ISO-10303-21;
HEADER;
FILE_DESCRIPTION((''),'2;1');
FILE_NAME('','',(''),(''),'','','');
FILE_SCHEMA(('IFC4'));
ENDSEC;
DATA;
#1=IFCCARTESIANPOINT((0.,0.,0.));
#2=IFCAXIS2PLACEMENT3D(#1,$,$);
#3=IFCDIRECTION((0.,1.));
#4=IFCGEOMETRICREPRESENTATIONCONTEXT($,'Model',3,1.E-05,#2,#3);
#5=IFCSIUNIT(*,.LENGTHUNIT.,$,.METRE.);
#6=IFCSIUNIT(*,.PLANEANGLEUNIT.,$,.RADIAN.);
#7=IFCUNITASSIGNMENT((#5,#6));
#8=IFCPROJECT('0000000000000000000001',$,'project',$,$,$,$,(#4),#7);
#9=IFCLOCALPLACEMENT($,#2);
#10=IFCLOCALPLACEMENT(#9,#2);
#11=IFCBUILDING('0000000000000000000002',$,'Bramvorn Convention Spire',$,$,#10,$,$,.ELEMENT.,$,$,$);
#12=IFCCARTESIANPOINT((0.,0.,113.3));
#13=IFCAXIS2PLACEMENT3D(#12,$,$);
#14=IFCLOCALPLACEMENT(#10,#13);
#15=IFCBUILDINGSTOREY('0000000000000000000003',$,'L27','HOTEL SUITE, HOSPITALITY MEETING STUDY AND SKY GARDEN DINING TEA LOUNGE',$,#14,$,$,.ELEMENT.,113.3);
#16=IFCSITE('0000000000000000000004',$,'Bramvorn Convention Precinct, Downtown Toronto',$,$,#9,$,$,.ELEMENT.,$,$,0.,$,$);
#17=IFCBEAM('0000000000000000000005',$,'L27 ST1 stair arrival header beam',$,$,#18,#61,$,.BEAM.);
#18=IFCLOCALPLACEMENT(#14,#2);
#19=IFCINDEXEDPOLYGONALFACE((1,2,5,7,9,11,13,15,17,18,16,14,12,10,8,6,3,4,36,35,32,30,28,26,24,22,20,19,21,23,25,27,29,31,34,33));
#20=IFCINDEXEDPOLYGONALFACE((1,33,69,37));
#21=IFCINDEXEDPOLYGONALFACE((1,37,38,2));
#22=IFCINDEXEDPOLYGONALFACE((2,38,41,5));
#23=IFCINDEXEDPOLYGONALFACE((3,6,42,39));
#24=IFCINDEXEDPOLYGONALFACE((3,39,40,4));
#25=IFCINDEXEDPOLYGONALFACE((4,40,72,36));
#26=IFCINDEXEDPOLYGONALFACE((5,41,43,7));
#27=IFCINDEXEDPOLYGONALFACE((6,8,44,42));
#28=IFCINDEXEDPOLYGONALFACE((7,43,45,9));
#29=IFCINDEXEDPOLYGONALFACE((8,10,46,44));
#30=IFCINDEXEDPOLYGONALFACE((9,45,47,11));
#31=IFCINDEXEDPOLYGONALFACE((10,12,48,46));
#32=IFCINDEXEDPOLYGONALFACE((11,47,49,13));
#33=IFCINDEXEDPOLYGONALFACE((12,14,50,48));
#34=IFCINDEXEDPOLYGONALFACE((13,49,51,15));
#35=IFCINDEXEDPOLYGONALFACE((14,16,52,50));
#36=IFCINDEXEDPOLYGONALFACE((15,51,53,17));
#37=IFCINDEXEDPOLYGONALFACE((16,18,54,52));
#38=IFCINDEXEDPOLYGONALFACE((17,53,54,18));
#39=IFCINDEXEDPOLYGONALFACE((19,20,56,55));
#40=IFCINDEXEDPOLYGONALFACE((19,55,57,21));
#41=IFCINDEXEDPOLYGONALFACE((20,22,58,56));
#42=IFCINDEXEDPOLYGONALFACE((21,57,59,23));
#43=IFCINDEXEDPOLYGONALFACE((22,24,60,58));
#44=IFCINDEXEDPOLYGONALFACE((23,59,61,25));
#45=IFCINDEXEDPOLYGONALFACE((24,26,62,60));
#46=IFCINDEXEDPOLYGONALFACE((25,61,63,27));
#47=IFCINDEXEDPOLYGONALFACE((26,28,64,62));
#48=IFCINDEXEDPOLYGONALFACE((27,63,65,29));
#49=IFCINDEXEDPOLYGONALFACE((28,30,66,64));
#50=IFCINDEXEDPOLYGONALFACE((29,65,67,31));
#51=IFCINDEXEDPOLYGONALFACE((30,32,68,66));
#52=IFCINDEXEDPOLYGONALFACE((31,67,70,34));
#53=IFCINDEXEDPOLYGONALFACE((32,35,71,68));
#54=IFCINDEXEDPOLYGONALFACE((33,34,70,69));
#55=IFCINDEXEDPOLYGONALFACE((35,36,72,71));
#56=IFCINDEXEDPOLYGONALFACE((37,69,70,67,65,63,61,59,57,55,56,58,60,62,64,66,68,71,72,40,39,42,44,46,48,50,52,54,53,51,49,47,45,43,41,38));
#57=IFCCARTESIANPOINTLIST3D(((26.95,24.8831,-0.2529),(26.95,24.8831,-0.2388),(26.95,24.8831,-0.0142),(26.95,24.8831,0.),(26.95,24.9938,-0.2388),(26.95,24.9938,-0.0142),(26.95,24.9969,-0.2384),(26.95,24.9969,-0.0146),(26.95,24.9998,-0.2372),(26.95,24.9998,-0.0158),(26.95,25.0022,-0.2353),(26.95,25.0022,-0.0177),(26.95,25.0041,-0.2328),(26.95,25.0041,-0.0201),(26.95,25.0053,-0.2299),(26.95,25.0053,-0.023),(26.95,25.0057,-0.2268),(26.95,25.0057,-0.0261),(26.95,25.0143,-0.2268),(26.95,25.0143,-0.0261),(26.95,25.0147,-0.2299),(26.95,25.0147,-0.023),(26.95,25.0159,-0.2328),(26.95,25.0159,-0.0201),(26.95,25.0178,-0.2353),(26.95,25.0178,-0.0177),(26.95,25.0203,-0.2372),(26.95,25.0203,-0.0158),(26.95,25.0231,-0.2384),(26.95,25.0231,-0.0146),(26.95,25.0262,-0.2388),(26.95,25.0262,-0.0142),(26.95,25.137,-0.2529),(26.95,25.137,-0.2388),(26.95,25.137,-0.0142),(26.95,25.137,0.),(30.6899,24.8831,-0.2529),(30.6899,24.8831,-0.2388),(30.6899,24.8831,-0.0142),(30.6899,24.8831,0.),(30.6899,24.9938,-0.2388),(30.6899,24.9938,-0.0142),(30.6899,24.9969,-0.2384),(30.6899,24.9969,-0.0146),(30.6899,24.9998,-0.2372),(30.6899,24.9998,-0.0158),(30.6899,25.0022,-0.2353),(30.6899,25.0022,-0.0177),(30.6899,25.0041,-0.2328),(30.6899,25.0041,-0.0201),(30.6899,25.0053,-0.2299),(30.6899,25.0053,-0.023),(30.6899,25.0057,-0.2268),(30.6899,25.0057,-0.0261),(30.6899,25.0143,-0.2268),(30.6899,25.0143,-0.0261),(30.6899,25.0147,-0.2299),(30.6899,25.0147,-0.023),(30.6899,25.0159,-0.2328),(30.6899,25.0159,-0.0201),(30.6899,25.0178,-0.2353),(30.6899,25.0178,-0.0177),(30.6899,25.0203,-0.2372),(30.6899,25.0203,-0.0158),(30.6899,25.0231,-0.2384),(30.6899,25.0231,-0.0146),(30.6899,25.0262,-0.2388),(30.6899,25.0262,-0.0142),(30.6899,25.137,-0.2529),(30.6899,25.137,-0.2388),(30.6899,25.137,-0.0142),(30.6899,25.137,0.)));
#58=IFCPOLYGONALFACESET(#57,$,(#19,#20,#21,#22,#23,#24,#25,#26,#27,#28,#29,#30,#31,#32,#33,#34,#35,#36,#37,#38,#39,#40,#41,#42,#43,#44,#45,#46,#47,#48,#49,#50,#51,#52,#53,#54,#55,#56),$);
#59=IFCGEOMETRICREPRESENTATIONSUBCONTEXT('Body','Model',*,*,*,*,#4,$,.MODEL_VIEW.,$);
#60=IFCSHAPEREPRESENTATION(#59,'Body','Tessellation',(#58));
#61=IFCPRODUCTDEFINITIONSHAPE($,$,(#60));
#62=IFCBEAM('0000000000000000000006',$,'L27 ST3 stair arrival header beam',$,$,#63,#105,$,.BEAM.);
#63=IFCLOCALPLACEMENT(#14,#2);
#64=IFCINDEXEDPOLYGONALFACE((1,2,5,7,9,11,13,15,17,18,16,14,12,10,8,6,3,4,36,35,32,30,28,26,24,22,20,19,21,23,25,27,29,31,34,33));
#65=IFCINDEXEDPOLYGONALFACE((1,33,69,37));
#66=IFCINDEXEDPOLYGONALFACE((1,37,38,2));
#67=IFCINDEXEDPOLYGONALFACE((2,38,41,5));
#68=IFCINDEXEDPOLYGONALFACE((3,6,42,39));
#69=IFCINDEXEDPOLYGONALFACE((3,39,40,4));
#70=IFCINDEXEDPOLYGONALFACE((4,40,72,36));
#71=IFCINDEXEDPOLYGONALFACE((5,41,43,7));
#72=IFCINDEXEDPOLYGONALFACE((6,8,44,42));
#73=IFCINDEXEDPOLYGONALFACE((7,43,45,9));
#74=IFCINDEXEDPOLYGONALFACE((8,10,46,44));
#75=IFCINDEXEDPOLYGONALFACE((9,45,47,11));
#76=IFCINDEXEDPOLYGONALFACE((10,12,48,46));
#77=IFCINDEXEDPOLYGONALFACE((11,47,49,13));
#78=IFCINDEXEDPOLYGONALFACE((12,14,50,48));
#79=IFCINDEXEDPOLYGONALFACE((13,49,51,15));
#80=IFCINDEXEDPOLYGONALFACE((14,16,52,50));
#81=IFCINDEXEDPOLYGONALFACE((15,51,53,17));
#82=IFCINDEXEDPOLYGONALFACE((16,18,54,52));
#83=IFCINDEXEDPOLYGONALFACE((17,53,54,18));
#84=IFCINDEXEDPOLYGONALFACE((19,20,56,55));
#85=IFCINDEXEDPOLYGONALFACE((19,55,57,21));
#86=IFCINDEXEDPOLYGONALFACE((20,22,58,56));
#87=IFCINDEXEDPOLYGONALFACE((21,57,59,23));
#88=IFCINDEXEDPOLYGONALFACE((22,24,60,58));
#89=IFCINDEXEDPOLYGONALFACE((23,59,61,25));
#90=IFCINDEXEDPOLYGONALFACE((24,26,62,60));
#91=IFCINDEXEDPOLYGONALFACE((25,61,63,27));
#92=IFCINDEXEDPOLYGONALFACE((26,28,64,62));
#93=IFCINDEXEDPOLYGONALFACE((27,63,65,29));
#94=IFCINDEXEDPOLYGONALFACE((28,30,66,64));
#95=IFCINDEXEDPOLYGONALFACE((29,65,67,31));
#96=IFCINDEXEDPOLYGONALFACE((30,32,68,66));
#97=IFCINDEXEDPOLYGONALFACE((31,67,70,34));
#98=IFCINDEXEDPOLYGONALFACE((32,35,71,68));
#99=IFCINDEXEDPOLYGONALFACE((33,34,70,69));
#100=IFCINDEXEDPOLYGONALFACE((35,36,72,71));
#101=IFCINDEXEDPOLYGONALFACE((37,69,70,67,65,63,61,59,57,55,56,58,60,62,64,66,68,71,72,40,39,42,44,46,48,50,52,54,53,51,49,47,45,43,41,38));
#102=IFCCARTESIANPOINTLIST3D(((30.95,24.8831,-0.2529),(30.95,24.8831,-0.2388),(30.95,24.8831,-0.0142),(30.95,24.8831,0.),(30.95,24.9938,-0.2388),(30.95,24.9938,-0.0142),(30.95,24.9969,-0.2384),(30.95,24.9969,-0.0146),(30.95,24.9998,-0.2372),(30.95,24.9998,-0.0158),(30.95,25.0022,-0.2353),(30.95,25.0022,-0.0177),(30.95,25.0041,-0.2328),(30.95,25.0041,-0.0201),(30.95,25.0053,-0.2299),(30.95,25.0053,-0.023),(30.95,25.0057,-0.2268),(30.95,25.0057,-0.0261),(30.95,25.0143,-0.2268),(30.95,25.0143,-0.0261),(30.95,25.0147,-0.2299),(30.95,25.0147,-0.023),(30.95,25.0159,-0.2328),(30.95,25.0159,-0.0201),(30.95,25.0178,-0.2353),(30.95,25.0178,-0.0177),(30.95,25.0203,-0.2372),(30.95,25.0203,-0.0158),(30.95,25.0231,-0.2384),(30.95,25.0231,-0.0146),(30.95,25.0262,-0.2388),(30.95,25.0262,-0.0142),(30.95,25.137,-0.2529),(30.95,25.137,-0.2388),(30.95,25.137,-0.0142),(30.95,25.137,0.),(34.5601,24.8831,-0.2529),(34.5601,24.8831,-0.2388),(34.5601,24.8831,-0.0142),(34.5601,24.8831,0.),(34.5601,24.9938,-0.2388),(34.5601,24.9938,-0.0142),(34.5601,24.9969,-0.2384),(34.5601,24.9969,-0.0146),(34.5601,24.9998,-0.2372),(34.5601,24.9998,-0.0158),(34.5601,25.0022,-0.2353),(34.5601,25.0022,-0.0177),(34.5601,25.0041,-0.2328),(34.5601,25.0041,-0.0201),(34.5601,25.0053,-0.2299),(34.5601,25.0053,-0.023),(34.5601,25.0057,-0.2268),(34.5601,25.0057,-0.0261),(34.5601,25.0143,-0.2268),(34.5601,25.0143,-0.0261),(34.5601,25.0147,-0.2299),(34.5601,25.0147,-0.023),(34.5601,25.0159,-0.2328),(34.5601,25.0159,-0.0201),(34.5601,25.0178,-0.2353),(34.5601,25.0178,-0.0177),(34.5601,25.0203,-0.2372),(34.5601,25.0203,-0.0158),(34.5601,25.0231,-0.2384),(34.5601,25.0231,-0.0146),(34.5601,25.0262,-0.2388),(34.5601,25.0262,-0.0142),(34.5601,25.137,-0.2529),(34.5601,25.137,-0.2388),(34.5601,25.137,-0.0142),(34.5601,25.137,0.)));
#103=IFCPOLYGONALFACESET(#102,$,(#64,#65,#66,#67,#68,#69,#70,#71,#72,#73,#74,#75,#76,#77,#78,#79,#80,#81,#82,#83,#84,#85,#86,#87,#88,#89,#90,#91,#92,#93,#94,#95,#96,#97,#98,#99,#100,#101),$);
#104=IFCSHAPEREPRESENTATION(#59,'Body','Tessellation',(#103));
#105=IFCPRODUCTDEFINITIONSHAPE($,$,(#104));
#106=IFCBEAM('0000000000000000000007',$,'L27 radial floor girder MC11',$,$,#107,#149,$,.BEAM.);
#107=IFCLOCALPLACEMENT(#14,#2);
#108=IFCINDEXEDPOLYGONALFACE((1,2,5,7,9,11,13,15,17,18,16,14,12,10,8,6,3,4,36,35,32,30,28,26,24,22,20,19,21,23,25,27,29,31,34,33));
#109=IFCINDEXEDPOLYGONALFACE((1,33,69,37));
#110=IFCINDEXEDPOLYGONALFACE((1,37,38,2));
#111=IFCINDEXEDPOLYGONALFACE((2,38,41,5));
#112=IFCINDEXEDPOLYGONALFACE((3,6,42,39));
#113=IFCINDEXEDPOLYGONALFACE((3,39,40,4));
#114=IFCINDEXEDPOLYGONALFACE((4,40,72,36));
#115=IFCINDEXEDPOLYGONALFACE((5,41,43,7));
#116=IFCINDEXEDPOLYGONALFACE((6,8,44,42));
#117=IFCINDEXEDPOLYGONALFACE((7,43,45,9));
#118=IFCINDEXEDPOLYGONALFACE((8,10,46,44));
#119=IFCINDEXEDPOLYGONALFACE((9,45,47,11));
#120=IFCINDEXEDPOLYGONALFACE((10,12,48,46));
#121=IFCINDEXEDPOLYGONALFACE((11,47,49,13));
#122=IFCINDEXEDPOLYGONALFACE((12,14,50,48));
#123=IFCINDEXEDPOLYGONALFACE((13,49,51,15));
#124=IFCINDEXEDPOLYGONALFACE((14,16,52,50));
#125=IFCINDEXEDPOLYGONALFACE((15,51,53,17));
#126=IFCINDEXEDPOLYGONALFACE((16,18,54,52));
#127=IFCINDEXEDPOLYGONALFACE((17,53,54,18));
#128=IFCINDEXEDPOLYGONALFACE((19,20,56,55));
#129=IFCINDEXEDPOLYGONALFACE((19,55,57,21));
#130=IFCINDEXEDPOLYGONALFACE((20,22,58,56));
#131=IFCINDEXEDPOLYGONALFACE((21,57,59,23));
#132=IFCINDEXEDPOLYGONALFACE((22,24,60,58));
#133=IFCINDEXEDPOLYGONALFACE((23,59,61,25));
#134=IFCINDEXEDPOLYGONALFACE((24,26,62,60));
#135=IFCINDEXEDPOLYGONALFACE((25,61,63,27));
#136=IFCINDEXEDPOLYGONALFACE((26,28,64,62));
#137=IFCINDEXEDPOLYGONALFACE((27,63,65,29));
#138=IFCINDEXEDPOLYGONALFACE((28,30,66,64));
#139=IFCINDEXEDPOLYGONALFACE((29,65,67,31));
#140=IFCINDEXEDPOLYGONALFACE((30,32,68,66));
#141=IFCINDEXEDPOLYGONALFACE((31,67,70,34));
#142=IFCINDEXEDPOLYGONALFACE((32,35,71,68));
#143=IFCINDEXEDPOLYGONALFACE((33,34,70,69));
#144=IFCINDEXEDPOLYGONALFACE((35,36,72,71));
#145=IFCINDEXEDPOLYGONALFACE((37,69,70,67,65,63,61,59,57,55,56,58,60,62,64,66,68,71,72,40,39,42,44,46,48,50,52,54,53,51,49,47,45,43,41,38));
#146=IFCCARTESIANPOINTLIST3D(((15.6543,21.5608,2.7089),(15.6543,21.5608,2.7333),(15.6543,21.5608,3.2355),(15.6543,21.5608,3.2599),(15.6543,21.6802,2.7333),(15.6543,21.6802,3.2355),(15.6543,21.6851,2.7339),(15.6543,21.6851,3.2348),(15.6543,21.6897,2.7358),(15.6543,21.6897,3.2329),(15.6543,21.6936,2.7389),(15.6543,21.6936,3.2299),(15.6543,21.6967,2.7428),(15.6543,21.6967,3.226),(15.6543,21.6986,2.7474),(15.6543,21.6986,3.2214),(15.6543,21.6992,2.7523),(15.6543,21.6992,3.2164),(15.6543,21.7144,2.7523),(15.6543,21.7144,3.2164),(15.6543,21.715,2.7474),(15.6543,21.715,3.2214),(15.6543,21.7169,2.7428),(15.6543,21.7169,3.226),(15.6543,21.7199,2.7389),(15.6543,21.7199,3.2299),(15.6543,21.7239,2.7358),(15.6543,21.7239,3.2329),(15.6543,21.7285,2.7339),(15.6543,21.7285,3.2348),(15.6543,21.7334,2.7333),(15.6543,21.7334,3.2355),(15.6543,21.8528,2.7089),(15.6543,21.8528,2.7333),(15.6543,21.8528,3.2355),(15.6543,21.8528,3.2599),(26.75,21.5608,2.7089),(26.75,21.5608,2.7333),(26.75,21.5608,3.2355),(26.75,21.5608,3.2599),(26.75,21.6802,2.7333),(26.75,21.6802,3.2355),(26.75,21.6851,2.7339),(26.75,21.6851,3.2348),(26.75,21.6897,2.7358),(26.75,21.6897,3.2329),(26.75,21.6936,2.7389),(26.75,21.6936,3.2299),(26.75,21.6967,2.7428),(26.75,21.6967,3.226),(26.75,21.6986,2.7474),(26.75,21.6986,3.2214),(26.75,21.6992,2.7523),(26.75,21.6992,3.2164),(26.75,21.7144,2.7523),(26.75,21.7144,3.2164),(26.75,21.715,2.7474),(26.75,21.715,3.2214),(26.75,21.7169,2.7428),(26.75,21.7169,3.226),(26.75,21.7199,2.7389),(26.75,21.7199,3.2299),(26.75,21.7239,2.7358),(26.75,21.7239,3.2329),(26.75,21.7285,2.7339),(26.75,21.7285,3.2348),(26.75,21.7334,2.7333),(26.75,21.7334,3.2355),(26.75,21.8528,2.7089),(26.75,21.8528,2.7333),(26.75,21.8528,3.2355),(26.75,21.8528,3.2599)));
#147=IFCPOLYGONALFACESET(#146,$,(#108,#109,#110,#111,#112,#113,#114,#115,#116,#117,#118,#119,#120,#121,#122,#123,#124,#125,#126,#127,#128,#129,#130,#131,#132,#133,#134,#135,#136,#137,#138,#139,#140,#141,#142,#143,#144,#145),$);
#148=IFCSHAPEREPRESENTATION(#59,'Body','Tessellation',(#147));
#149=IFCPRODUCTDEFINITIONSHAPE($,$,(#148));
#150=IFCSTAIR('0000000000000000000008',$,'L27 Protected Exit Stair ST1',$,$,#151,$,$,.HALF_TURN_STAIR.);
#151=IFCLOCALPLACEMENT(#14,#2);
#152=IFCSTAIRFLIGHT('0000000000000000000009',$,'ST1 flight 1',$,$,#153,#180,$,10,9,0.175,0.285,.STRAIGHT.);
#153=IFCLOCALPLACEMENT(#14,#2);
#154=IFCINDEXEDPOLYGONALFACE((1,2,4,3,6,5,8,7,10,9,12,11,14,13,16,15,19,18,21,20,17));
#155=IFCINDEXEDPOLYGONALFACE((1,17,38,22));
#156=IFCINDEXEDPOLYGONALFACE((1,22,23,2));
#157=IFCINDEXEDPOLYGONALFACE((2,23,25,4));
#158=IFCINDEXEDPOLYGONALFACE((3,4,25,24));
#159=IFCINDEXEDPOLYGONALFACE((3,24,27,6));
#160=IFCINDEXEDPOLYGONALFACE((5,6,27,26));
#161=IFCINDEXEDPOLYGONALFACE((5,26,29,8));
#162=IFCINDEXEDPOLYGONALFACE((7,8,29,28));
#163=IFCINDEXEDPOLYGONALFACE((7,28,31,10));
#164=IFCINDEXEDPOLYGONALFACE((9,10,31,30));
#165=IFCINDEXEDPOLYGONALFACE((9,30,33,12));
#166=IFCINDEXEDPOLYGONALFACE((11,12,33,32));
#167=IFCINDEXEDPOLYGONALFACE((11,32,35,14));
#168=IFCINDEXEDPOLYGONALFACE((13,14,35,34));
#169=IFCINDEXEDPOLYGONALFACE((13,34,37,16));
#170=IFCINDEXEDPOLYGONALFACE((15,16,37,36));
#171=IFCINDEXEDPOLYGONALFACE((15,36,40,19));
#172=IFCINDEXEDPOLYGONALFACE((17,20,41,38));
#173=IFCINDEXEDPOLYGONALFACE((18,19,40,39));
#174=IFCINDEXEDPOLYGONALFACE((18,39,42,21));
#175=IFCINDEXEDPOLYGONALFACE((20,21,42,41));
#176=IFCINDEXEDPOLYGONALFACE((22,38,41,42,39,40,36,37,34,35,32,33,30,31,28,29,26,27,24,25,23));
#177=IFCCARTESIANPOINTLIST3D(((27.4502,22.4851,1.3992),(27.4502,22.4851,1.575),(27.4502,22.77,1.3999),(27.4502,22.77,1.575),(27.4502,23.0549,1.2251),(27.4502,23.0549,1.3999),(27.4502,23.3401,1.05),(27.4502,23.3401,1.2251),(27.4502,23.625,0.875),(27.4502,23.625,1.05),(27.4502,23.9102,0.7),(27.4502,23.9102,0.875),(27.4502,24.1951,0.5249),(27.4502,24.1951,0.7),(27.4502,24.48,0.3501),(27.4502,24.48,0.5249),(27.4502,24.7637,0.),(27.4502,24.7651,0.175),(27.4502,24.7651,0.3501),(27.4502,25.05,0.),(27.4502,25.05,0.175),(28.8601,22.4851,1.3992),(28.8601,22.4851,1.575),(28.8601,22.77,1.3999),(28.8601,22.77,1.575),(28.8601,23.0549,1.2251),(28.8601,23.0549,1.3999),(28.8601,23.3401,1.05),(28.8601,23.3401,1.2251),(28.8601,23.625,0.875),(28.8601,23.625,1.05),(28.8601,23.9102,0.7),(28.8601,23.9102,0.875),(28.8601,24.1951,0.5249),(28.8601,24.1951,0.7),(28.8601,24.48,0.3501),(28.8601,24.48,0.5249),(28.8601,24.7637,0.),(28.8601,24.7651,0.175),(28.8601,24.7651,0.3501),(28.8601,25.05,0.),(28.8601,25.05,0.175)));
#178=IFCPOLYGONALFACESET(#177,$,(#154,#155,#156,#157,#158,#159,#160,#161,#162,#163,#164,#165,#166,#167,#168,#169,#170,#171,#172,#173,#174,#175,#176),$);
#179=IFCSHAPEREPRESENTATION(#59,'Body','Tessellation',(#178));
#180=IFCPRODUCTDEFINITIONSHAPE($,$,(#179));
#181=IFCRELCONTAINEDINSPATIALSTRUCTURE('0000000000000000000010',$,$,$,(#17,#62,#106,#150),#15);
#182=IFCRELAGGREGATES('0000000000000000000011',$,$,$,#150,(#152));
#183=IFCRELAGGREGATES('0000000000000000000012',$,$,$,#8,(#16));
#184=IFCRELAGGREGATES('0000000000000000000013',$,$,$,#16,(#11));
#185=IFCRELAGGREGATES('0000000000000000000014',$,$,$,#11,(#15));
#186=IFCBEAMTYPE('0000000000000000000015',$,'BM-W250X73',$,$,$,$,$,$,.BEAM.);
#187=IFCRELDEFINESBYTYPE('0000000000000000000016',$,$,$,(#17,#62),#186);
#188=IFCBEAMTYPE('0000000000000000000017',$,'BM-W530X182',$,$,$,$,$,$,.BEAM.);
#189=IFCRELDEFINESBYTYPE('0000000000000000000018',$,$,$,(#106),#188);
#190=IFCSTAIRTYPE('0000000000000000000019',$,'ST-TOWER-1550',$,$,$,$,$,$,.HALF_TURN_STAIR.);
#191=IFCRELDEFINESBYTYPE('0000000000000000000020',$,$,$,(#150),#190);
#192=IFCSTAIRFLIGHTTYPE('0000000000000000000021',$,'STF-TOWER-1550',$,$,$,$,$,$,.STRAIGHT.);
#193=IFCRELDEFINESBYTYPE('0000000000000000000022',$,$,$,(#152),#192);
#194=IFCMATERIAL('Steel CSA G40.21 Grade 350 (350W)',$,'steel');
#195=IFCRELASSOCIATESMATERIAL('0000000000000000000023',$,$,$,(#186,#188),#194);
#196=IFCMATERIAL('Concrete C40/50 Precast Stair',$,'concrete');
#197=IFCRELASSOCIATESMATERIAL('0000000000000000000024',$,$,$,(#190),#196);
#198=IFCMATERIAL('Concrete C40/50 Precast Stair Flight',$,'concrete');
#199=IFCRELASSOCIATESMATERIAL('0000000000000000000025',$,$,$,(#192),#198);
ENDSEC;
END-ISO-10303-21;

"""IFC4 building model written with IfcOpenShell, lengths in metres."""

from ifc_helpers import new_model, si_unit, direction, frame, origin, origin_2d, place, context, subcontext, project, spatial, polyline, i_section, outline, extrude, material, material_profile, profile_set, type_object, element, aggregate, save


model = new_model("IFC4")

# Units and contexts
model_context = context("Model", 3, precision=1e-05, world=origin(), true_north=direction((0.0, 1.0)))
body_context = subcontext(model_context, "Body", "Model", "MODEL_VIEW")
ifc_project = project(units=[si_unit("LENGTHUNIT", "METRE"), si_unit("PLANEANGLEUNIT", "RADIAN")], contexts=[model_context])

# Site, building, storey
site_placement = place(None, origin())
site = spatial("IfcSite", under=ifc_project, at=site_placement, Name="Bramvorn Convention Precinct, Downtown Toronto", CompositionType="ELEMENT", RefElevation=0.0)
building_placement = place(site_placement, origin())
building = spatial("IfcBuilding", under=site, at=building_placement, Name="Bramvorn Convention Spire", CompositionType="ELEMENT")
storey_placement = place(building_placement, frame((0.0, 0.0, 113.3)))
storey = spatial("IfcBuildingStorey", under=building, at=storey_placement, Name="L27", Description="HOTEL SUITE, HOSPITALITY MEETING STUDY AND SKY GARDEN DINING TEA LOUNGE", CompositionType="ELEMENT", Elevation=113.3)

# Beams
ifc_material_1 = material(Name="Steel CSA G40.21 Grade 350 (350W)", Category="steel")
ifc_material_profile_1 = material_profile(ifc_material_1, i_section(OverallWidth=0.2539, OverallDepth=0.2529, WebThickness=0.0085, FlangeThickness=0.0142, FilletRadius=0.012, at=origin_2d()))
ifc_profile_set_1 = profile_set([ifc_material_profile_1], Name="Steel CSA G40.21 Grade 350 (350W) - W250X73")
beam_type_1 = type_object("IfcBeamType", Name="BM-W250X73", PredefinedType="BEAM", material=ifc_profile_set_1)
beam_1_placement = place(storey_placement, frame((26.95, 25.01, -0.1265), z_axis=(1.0, 0.0, 0.0), x_axis=(0.0, 1.0, 0.0)))
element("IfcBeam", 1, at=beam_1_placement, inside=storey, type_object=beam_type_1, Name="L27 ST1 stair arrival header beam", PredefinedType="BEAM", context=body_context, shape_type="SweptSolid", body=[
    extrude(i_section(OverallWidth=0.2539, OverallDepth=0.2529, WebThickness=0.0085, FlangeThickness=0.0142, FilletRadius=0.012, at=origin_2d()), origin(), (0.0, 0.0, 1.0), 3.74),
])
beam_2_placement = place(storey_placement, frame((30.95, 25.01, -0.1265), z_axis=(1.0, 0.0, 0.0), x_axis=(0.0, 1.0, 0.0)))
element("IfcBeam", 2, at=beam_2_placement, inside=storey, type_object=beam_type_1, Name="L27 ST3 stair arrival header beam", PredefinedType="BEAM", context=body_context, shape_type="SweptSolid", body=[
    extrude(i_section(OverallWidth=0.2539, OverallDepth=0.2529, WebThickness=0.0085, FlangeThickness=0.0142, FilletRadius=0.012, at=origin_2d()), origin(), (0.0, 0.0, 1.0), 3.6101),
])
ifc_material_profile_2 = material_profile(ifc_material_1, i_section(OverallWidth=0.292, OverallDepth=0.551, WebThickness=0.0151, FlangeThickness=0.0244, FilletRadius=0.019, at=origin_2d()))
ifc_profile_set_2 = profile_set([ifc_material_profile_2], Name="Steel CSA G40.21 Grade 350 (350W) - W530X182")
beam_type_2 = type_object("IfcBeamType", Name="BM-W530X182", PredefinedType="BEAM", material=ifc_profile_set_2)
beam_3_placement = place(storey_placement, frame((26.75, 21.7068, 2.9844), z_axis=(-1.0, 0.0, 0.0), x_axis=(0.0, -1.0, 0.0)))
element("IfcBeam", 3, at=beam_3_placement, inside=storey, type_object=beam_type_2, Name="L27 radial floor girder MC11", PredefinedType="BEAM", context=body_context, shape_type="SweptSolid", body=[
    extrude(i_section(OverallWidth=0.292, OverallDepth=0.551, WebThickness=0.0151, FlangeThickness=0.0244, FilletRadius=0.019, at=origin_2d()), origin(), (0.0, 0.0, 1.0), 11.0957),
])

# Stair, stair flight
ifc_material_2 = material(Name="Concrete C40/50 Precast Stair", Category="concrete")
stair_type = type_object("IfcStairType", Name="ST-TOWER-1550", PredefinedType="HALF_TURN_STAIR", material=ifc_material_2)
stair_1_placement = place(storey_placement, origin())
stair_1 = element("IfcStair", 4, at=stair_1_placement, inside=storey, type_object=stair_type, Name="L27 Protected Exit Stair ST1", PredefinedType="HALF_TURN_STAIR")
ifc_material_3 = material(Name="Concrete C40/50 Precast Stair Flight", Category="concrete")
stair_flight_type = type_object("IfcStairFlightType", Name="STF-TOWER-1550", PredefinedType="STRAIGHT", material=ifc_material_3)
stair_flight_1_placement = place(storey_placement, frame((28.155, 25.05, 0.0), z_axis=(0.0, 0.0, 1.0), x_axis=(0.0, -1.0, 0.0)))
stair_flight_1 = element("IfcStairFlight", 5, at=stair_flight_1_placement, type_object=stair_flight_type, Name="ST1 flight 1", NumberOfRisers=10, NumberOfTreads=9, PredefinedType="STRAIGHT", RiserHeight=0.175, TreadLength=0.285, context=body_context, shape_type="SweptSolid", body=[
    extrude(outline(polyline([(0.0, 0.0), (0.0, 0.175), (0.2849, 0.175), (0.2849, 0.3501), (0.5701, 0.3501), (0.5701, 0.5249), (0.855, 0.5249), (0.855, 0.7), (1.1399, 0.7), (1.1399, 0.875), (1.425, 0.875), (1.425, 1.05), (1.71, 1.05), (1.71, 1.2251), (1.9951, 1.2251), (1.9951, 1.3999), (2.28, 1.3999), (2.28, 1.575), (2.5649, 1.575), (2.5649, 1.75), (2.5649, 1.3992), (0.2864, 0.0), (0.0, 0.0)])), frame((0.0, 0.7051, 0.0), z_axis=(0.0, -1.0, 0.0), x_axis=(1.0, 0.0, 0.0)), (0.0, 0.0, 1.0), 1.4099),
])
aggregate(stair_1, [stair_flight_1])

save(model, "model.ifc")
